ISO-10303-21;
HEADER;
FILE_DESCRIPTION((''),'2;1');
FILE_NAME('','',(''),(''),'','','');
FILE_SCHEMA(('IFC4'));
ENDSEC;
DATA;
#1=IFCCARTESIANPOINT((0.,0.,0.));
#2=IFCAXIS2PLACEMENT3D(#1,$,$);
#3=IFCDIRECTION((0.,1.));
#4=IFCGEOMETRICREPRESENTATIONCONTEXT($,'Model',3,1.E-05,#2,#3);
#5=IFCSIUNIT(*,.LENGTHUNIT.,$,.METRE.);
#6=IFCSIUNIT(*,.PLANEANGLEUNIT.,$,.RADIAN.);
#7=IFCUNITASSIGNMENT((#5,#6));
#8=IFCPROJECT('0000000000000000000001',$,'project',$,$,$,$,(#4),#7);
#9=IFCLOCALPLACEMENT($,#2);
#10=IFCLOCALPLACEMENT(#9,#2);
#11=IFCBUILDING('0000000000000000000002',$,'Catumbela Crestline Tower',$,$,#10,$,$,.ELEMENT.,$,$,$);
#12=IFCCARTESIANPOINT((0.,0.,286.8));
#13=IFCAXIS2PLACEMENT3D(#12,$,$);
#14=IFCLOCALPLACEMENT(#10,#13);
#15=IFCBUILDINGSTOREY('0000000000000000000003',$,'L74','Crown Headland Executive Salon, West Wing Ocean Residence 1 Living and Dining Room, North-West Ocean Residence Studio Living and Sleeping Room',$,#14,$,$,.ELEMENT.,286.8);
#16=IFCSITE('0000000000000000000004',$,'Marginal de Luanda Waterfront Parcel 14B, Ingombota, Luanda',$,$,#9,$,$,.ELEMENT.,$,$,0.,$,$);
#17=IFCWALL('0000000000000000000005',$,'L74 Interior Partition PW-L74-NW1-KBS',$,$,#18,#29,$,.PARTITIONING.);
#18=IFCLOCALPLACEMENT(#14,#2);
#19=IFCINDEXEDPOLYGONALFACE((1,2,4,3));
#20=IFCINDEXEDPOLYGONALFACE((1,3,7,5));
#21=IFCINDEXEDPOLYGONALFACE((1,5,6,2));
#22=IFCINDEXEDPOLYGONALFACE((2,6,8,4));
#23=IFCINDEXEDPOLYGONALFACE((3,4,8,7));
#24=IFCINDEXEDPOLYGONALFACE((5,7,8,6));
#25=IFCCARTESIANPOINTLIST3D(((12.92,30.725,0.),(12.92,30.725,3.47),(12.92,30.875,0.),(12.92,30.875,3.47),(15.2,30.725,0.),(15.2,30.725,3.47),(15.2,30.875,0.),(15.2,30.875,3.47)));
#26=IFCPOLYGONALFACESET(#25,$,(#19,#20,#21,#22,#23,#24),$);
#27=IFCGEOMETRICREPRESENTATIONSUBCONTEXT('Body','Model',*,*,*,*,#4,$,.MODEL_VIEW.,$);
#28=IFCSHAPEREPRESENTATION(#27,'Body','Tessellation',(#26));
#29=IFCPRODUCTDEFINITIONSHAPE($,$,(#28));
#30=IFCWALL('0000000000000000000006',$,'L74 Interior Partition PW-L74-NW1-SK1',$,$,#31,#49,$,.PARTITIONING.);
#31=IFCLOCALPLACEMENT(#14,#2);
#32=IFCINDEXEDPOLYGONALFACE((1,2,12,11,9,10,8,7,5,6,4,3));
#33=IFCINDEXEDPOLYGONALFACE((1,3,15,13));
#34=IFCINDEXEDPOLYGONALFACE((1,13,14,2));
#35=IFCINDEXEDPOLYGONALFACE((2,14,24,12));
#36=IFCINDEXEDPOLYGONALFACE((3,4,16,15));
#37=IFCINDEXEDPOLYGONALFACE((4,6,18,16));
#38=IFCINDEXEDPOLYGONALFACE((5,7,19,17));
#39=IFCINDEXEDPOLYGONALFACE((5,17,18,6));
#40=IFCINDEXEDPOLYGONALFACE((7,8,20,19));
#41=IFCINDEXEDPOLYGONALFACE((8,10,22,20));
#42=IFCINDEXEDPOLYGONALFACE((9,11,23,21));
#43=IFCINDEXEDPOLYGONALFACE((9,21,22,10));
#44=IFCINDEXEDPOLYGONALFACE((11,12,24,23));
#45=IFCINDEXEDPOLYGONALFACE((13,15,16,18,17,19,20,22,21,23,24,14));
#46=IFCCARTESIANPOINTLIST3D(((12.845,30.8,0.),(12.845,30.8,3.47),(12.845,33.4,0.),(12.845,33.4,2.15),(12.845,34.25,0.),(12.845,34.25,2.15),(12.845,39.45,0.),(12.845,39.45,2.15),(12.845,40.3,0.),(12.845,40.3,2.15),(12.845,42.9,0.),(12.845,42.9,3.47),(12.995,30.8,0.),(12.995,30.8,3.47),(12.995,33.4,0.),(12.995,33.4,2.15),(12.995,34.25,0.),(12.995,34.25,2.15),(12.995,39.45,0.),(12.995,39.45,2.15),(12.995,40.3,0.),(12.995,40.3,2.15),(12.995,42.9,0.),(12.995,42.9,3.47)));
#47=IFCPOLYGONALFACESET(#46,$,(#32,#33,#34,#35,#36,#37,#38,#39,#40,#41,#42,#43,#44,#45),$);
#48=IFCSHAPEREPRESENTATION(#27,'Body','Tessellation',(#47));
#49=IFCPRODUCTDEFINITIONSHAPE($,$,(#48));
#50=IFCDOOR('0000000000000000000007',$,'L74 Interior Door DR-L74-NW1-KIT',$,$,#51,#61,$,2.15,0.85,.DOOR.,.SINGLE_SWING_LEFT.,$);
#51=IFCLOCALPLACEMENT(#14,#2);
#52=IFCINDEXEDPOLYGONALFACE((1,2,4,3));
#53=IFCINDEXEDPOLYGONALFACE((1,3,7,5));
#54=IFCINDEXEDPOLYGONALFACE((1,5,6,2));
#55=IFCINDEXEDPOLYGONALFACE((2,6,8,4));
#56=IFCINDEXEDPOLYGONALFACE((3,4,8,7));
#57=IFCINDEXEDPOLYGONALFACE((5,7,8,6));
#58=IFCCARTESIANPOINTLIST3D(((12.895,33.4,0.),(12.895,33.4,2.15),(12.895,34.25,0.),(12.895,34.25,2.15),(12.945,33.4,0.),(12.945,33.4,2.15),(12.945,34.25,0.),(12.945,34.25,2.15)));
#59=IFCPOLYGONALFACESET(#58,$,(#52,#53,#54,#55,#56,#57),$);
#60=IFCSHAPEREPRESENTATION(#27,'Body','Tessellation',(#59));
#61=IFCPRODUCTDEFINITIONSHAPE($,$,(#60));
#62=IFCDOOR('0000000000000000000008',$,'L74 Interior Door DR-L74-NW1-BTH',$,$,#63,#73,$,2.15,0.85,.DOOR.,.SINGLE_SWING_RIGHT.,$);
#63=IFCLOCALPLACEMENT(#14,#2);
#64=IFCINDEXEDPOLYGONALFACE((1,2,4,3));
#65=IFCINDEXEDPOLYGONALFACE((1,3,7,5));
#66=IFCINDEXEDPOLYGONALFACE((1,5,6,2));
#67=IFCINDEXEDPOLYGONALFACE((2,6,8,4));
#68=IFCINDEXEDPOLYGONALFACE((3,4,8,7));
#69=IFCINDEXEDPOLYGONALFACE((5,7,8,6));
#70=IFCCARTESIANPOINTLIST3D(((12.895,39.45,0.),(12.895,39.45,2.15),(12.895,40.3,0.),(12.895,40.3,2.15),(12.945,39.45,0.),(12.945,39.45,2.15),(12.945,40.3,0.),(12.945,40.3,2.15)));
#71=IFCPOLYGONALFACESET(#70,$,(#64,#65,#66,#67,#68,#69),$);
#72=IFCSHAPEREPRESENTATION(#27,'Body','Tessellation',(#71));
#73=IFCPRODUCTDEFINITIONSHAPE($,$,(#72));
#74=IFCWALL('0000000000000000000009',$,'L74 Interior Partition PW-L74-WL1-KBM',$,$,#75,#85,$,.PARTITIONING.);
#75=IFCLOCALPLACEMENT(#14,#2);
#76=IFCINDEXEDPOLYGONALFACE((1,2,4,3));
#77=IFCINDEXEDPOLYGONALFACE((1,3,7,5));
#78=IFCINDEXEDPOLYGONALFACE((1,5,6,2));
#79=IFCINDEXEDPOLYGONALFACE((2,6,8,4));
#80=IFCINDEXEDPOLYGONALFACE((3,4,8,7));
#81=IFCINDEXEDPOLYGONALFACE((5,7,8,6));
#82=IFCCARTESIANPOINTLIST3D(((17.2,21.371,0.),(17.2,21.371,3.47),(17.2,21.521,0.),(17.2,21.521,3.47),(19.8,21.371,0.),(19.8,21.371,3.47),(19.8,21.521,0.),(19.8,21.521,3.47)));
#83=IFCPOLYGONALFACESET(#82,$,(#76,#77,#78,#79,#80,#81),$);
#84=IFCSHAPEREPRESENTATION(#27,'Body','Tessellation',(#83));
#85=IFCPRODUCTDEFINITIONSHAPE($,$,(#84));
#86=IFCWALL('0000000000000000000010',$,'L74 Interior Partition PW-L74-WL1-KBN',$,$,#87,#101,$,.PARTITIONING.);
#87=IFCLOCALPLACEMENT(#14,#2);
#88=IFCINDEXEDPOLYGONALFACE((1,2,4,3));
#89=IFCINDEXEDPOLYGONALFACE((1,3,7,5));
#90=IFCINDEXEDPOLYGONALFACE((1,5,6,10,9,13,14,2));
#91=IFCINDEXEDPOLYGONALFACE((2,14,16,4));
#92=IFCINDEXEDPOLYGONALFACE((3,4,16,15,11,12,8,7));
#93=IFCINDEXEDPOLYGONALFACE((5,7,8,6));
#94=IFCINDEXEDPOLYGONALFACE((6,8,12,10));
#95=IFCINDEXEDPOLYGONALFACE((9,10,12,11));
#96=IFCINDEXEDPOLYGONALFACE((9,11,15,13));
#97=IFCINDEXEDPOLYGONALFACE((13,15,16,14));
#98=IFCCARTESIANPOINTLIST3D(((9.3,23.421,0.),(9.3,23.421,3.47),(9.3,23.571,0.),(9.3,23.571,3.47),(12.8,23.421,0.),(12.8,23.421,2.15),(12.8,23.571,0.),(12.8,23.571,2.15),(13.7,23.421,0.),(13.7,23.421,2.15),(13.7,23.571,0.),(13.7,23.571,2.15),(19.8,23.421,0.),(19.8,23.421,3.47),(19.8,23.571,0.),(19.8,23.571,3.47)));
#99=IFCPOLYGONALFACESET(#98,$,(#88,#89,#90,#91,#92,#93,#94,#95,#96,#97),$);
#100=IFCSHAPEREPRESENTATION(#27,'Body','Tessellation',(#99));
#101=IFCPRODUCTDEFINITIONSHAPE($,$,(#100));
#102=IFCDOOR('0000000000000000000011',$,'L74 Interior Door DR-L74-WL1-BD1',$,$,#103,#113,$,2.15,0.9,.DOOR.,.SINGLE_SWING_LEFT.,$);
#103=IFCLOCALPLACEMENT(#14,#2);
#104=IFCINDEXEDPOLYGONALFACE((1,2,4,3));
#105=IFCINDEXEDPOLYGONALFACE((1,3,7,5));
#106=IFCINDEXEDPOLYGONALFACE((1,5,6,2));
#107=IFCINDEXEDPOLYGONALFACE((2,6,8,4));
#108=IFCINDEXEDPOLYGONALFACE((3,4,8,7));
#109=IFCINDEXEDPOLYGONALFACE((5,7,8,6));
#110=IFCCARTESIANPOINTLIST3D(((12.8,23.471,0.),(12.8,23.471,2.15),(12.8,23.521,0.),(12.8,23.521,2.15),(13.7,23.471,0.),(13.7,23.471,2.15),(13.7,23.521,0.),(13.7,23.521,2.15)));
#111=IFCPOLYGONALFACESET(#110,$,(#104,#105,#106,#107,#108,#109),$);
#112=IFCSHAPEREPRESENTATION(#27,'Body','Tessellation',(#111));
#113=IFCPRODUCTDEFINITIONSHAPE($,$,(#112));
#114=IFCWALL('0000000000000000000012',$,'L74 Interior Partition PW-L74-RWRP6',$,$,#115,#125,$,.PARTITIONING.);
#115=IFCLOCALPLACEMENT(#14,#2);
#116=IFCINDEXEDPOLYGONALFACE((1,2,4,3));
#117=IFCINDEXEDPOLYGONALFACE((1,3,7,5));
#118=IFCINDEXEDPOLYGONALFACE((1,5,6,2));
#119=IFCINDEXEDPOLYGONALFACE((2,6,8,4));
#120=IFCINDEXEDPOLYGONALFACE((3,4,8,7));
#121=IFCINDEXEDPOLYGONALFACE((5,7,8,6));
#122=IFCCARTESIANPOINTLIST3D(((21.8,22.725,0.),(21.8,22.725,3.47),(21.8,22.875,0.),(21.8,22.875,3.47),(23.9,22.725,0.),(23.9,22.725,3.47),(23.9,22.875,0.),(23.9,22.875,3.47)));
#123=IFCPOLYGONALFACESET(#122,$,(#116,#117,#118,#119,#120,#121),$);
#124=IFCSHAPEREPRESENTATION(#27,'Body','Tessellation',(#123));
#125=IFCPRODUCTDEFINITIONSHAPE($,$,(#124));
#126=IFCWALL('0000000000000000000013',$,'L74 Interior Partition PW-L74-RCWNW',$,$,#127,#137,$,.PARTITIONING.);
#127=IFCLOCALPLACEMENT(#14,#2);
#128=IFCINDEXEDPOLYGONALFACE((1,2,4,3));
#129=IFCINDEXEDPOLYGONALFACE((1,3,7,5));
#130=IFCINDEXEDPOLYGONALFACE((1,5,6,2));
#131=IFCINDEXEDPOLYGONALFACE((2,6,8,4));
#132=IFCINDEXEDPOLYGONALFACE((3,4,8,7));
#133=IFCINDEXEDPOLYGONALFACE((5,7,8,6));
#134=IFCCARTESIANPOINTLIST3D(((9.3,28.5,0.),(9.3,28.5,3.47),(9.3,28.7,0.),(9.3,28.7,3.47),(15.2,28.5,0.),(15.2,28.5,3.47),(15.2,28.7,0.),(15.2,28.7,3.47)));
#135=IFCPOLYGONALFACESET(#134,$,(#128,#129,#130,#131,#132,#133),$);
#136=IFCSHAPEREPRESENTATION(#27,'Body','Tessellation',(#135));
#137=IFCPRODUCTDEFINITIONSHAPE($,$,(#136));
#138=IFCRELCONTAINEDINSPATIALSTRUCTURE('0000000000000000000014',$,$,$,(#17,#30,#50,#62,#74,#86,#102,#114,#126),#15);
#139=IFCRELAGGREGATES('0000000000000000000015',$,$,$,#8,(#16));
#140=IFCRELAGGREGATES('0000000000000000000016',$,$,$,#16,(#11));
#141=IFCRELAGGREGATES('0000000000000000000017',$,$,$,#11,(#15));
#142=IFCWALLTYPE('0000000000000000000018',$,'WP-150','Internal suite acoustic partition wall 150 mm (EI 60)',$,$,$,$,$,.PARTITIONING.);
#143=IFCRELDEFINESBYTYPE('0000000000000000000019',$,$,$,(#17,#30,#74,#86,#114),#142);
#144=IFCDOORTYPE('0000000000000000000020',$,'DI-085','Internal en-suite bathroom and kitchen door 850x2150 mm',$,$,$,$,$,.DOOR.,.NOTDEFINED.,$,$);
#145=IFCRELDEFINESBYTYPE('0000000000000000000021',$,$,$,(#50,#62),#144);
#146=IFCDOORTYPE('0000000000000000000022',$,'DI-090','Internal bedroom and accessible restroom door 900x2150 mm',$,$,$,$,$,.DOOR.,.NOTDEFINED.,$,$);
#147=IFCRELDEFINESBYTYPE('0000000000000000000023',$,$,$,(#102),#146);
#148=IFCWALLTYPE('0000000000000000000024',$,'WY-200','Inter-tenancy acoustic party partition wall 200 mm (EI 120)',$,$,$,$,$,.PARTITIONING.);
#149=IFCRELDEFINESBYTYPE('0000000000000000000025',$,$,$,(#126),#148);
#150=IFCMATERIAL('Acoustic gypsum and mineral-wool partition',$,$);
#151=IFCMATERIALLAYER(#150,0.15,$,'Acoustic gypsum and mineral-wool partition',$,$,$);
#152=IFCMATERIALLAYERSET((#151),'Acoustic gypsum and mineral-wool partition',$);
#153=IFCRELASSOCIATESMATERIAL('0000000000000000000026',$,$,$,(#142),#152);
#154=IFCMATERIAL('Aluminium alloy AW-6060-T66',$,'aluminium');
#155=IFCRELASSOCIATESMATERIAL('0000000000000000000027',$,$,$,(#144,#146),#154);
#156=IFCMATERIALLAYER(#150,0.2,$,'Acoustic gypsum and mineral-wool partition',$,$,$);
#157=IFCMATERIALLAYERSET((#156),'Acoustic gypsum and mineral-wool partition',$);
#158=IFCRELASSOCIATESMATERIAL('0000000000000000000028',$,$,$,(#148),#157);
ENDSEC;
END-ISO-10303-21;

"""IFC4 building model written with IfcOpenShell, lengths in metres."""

from ifc_helpers import new_model, si_unit, direction, frame, frame_2d, origin, place, context, subcontext, project, spatial, rectangle, extrude, material, layer, layer_set, type_object, element, fill, save


model = new_model("IFC4")

# Units and contexts
model_context = context("Model", 3, precision=1e-05, world=origin(), true_north=direction((0.0, 1.0)))
body_context = subcontext(model_context, "Body", "Model", "MODEL_VIEW")
ifc_project = project(units=[si_unit("LENGTHUNIT", "METRE"), si_unit("PLANEANGLEUNIT", "RADIAN")], contexts=[model_context])

# Site, building, storey
site_placement = place(None, origin())
site = spatial("IfcSite", under=ifc_project, at=site_placement, Name="Marginal de Luanda Waterfront Parcel 14B, Ingombota, Luanda", CompositionType="ELEMENT", RefElevation=0.0)
building_placement = place(site_placement, origin())
building = spatial("IfcBuilding", under=site, at=building_placement, Name="Catumbela Crestline Tower", CompositionType="ELEMENT")
storey_placement = place(building_placement, frame((0.0, 0.0, 286.8)))
storey = spatial("IfcBuildingStorey", under=building, at=storey_placement, Name="L74", Description="Crown Headland Executive Salon, West Wing Ocean Residence 1 Living and Dining Room, North-West Ocean Residence Studio Living and Sleeping Room", CompositionType="ELEMENT", Elevation=286.8)

# Shared definitions
ifc_material_1 = material(Name="Acoustic gypsum and mineral-wool partition")

# Shared definitions
ifc_material_2 = material(Name="Aluminium alloy AW-6060-T66", Category="aluminium")

# Wall
ifc_layer_1 = layer(ifc_material_1, 0.15, Name="Acoustic gypsum and mineral-wool partition")
ifc_layer_set_1 = layer_set([ifc_layer_1], Name="Acoustic gypsum and mineral-wool partition")
wall_type_1 = type_object("IfcWallType", Name="WP-150", Description="Internal suite acoustic partition wall 150 mm (EI 60)", PredefinedType="PARTITIONING", material=ifc_layer_set_1)
wall_1_placement = place(storey_placement, frame((12.92, 30.8, 0.0), z_axis=(0.0, 0.0, 1.0), x_axis=(1.0, 0.0, 0.0)))
element("IfcWall", 1, at=wall_1_placement, inside=storey, type_object=wall_type_1, Name="L74 Interior Partition PW-L74-NW1-KBS", PredefinedType="PARTITIONING", context=body_context, shape_type="SweptSolid", body=[
    extrude(rectangle(XDim=2.28, YDim=0.15, at=frame_2d((1.14, 0.0))), origin(), (0.0, 0.0, 1.0), 3.47),
])

# Wall, openings, doors
wall_2_placement = place(storey_placement, frame((12.92, 30.8, 0.0), z_axis=(0.0, 0.0, 1.0), x_axis=(0.0, 1.0, 0.0)))
wall_2 = element("IfcWall", 2, at=wall_2_placement, inside=storey, type_object=wall_type_1, Name="L74 Interior Partition PW-L74-NW1-SK1", PredefinedType="PARTITIONING", context=body_context, shape_type="SweptSolid", body=[
    extrude(rectangle(XDim=12.1, YDim=0.15, at=frame_2d((6.05, 0.0))), origin(), (0.0, 0.0, 1.0), 3.47),
])
opening_1_placement = place(wall_2_placement, frame((2.6, 0.0, 0.0)))
opening_1 = element("IfcOpeningElement", 3, at=opening_1_placement, cuts=wall_2, PredefinedType="OPENING", context=body_context, shape_type="SweptSolid", body=[
    extrude(rectangle(XDim=0.85, YDim=2.15, at=frame_2d((0.425, 1.075))), frame((0.0, 0.085, 0.0), z_axis=(0.0, -1.0, 0.0), x_axis=(1.0, 0.0, 0.0)), (0.0, 0.0, 1.0), 0.17),
])
opening_2_placement = place(wall_2_placement, frame((8.65, 0.0, 0.0)))
opening_2 = element("IfcOpeningElement", 4, at=opening_2_placement, cuts=wall_2, PredefinedType="OPENING", context=body_context, shape_type="SweptSolid", body=[
    extrude(rectangle(XDim=0.85, YDim=2.15, at=frame_2d((0.425, 1.075))), frame((0.0, 0.085, 0.0), z_axis=(0.0, -1.0, 0.0), x_axis=(1.0, 0.0, 0.0)), (0.0, 0.0, 1.0), 0.17),
])
door_type_1 = type_object("IfcDoorType", Name="DI-085", Description="Internal en-suite bathroom and kitchen door 850x2150 mm", OperationType="NOTDEFINED", PredefinedType="DOOR", material=ifc_material_2)
door_1_placement = place(opening_1_placement, origin())
door_1 = element("IfcDoor", 5, at=door_1_placement, inside=storey, type_object=door_type_1, Name="L74 Interior Door DR-L74-NW1-KIT", OperationType="SINGLE_SWING_LEFT", OverallHeight=2.15, OverallWidth=0.85, PredefinedType="DOOR", context=body_context, shape_type="SweptSolid", body=[
    extrude(rectangle(XDim=0.85, YDim=2.15, at=frame_2d((0.425, 1.075))), frame((0.0, 0.025, 0.0), z_axis=(0.0, -1.0, 0.0), x_axis=(1.0, 0.0, 0.0)), (0.0, 0.0, 1.0), 0.05),
])
fill(opening_1, door_1)
door_2_placement = place(opening_2_placement, origin())
door_2 = element("IfcDoor", 6, at=door_2_placement, inside=storey, type_object=door_type_1, Name="L74 Interior Door DR-L74-NW1-BTH", OperationType="SINGLE_SWING_RIGHT", OverallHeight=2.15, OverallWidth=0.85, PredefinedType="DOOR", context=body_context, shape_type="SweptSolid", body=[
    extrude(rectangle(XDim=0.85, YDim=2.15, at=frame_2d((0.425, 1.075))), frame((0.0, 0.025, 0.0), z_axis=(0.0, -1.0, 0.0), x_axis=(1.0, 0.0, 0.0)), (0.0, 0.0, 1.0), 0.05),
])
fill(opening_2, door_2)

# Wall
wall_3_placement = place(storey_placement, frame((17.2, 21.446, 0.0), z_axis=(0.0, 0.0, 1.0), x_axis=(1.0, 0.0, 0.0)))
element("IfcWall", 7, at=wall_3_placement, inside=storey, type_object=wall_type_1, Name="L74 Interior Partition PW-L74-WL1-KBM", PredefinedType="PARTITIONING", context=body_context, shape_type="SweptSolid", body=[
    extrude(rectangle(XDim=2.6, YDim=0.15, at=frame_2d((1.3, 0.0))), origin(), (0.0, 0.0, 1.0), 3.47),
])

# Wall, opening, door
wall_4_placement = place(storey_placement, frame((9.3, 23.496, 0.0), z_axis=(0.0, 0.0, 1.0), x_axis=(1.0, 0.0, 0.0)))
wall_4 = element("IfcWall", 8, at=wall_4_placement, inside=storey, type_object=wall_type_1, Name="L74 Interior Partition PW-L74-WL1-KBN", PredefinedType="PARTITIONING", context=body_context, shape_type="SweptSolid", body=[
    extrude(rectangle(XDim=10.5, YDim=0.15, at=frame_2d((5.25, 0.0))), origin(), (0.0, 0.0, 1.0), 3.47),
])
opening_3_placement = place(wall_4_placement, frame((3.5, 0.0, 0.0)))
opening_3 = element("IfcOpeningElement", 9, at=opening_3_placement, cuts=wall_4, PredefinedType="OPENING", context=body_context, shape_type="SweptSolid", body=[
    extrude(rectangle(XDim=0.9, YDim=2.15, at=frame_2d((0.45, 1.075))), frame((0.0, 0.085, 0.0), z_axis=(0.0, -1.0, 0.0), x_axis=(1.0, 0.0, 0.0)), (0.0, 0.0, 1.0), 0.17),
])
door_type_2 = type_object("IfcDoorType", Name="DI-090", Description="Internal bedroom and accessible restroom door 900x2150 mm", OperationType="NOTDEFINED", PredefinedType="DOOR", material=ifc_material_2)
door_3_placement = place(opening_3_placement, origin())
door_3 = element("IfcDoor", 10, at=door_3_placement, inside=storey, type_object=door_type_2, Name="L74 Interior Door DR-L74-WL1-BD1", OperationType="SINGLE_SWING_LEFT", OverallHeight=2.15, OverallWidth=0.9, PredefinedType="DOOR", context=body_context, shape_type="SweptSolid", body=[
    extrude(rectangle(XDim=0.9, YDim=2.15, at=frame_2d((0.45, 1.075))), frame((0.0, 0.025, 0.0), z_axis=(0.0, -1.0, 0.0), x_axis=(1.0, 0.0, 0.0)), (0.0, 0.0, 1.0), 0.05),
])
fill(opening_3, door_3)

# Walls
wall_5_placement = place(storey_placement, frame((21.8, 22.8, 0.0), z_axis=(0.0, 0.0, 1.0), x_axis=(1.0, 0.0, 0.0)))
element("IfcWall", 11, at=wall_5_placement, inside=storey, type_object=wall_type_1, Name="L74 Interior Partition PW-L74-RWRP6", PredefinedType="PARTITIONING", context=body_context, shape_type="SweptSolid", body=[
    extrude(rectangle(XDim=2.1, YDim=0.15, at=frame_2d((1.05, 0.0))), origin(), (0.0, 0.0, 1.0), 3.47),
])
ifc_layer_2 = layer(ifc_material_1, 0.2, Name="Acoustic gypsum and mineral-wool partition")
ifc_layer_set_2 = layer_set([ifc_layer_2], Name="Acoustic gypsum and mineral-wool partition")
wall_type_2 = type_object("IfcWallType", Name="WY-200", Description="Inter-tenancy acoustic party partition wall 200 mm (EI 120)", PredefinedType="PARTITIONING", material=ifc_layer_set_2)
wall_6_placement = place(storey_placement, frame((9.3, 28.6, 0.0), z_axis=(0.0, 0.0, 1.0), x_axis=(1.0, 0.0, 0.0)))
element("IfcWall", 12, at=wall_6_placement, inside=storey, type_object=wall_type_2, Name="L74 Interior Partition PW-L74-RCWNW", PredefinedType="PARTITIONING", context=body_context, shape_type="SweptSolid", body=[
    extrude(rectangle(XDim=5.9, YDim=0.2, at=frame_2d((2.95, 0.0))), origin(), (0.0, 0.0, 1.0), 3.47),
])

save(model, "model.ifc")
